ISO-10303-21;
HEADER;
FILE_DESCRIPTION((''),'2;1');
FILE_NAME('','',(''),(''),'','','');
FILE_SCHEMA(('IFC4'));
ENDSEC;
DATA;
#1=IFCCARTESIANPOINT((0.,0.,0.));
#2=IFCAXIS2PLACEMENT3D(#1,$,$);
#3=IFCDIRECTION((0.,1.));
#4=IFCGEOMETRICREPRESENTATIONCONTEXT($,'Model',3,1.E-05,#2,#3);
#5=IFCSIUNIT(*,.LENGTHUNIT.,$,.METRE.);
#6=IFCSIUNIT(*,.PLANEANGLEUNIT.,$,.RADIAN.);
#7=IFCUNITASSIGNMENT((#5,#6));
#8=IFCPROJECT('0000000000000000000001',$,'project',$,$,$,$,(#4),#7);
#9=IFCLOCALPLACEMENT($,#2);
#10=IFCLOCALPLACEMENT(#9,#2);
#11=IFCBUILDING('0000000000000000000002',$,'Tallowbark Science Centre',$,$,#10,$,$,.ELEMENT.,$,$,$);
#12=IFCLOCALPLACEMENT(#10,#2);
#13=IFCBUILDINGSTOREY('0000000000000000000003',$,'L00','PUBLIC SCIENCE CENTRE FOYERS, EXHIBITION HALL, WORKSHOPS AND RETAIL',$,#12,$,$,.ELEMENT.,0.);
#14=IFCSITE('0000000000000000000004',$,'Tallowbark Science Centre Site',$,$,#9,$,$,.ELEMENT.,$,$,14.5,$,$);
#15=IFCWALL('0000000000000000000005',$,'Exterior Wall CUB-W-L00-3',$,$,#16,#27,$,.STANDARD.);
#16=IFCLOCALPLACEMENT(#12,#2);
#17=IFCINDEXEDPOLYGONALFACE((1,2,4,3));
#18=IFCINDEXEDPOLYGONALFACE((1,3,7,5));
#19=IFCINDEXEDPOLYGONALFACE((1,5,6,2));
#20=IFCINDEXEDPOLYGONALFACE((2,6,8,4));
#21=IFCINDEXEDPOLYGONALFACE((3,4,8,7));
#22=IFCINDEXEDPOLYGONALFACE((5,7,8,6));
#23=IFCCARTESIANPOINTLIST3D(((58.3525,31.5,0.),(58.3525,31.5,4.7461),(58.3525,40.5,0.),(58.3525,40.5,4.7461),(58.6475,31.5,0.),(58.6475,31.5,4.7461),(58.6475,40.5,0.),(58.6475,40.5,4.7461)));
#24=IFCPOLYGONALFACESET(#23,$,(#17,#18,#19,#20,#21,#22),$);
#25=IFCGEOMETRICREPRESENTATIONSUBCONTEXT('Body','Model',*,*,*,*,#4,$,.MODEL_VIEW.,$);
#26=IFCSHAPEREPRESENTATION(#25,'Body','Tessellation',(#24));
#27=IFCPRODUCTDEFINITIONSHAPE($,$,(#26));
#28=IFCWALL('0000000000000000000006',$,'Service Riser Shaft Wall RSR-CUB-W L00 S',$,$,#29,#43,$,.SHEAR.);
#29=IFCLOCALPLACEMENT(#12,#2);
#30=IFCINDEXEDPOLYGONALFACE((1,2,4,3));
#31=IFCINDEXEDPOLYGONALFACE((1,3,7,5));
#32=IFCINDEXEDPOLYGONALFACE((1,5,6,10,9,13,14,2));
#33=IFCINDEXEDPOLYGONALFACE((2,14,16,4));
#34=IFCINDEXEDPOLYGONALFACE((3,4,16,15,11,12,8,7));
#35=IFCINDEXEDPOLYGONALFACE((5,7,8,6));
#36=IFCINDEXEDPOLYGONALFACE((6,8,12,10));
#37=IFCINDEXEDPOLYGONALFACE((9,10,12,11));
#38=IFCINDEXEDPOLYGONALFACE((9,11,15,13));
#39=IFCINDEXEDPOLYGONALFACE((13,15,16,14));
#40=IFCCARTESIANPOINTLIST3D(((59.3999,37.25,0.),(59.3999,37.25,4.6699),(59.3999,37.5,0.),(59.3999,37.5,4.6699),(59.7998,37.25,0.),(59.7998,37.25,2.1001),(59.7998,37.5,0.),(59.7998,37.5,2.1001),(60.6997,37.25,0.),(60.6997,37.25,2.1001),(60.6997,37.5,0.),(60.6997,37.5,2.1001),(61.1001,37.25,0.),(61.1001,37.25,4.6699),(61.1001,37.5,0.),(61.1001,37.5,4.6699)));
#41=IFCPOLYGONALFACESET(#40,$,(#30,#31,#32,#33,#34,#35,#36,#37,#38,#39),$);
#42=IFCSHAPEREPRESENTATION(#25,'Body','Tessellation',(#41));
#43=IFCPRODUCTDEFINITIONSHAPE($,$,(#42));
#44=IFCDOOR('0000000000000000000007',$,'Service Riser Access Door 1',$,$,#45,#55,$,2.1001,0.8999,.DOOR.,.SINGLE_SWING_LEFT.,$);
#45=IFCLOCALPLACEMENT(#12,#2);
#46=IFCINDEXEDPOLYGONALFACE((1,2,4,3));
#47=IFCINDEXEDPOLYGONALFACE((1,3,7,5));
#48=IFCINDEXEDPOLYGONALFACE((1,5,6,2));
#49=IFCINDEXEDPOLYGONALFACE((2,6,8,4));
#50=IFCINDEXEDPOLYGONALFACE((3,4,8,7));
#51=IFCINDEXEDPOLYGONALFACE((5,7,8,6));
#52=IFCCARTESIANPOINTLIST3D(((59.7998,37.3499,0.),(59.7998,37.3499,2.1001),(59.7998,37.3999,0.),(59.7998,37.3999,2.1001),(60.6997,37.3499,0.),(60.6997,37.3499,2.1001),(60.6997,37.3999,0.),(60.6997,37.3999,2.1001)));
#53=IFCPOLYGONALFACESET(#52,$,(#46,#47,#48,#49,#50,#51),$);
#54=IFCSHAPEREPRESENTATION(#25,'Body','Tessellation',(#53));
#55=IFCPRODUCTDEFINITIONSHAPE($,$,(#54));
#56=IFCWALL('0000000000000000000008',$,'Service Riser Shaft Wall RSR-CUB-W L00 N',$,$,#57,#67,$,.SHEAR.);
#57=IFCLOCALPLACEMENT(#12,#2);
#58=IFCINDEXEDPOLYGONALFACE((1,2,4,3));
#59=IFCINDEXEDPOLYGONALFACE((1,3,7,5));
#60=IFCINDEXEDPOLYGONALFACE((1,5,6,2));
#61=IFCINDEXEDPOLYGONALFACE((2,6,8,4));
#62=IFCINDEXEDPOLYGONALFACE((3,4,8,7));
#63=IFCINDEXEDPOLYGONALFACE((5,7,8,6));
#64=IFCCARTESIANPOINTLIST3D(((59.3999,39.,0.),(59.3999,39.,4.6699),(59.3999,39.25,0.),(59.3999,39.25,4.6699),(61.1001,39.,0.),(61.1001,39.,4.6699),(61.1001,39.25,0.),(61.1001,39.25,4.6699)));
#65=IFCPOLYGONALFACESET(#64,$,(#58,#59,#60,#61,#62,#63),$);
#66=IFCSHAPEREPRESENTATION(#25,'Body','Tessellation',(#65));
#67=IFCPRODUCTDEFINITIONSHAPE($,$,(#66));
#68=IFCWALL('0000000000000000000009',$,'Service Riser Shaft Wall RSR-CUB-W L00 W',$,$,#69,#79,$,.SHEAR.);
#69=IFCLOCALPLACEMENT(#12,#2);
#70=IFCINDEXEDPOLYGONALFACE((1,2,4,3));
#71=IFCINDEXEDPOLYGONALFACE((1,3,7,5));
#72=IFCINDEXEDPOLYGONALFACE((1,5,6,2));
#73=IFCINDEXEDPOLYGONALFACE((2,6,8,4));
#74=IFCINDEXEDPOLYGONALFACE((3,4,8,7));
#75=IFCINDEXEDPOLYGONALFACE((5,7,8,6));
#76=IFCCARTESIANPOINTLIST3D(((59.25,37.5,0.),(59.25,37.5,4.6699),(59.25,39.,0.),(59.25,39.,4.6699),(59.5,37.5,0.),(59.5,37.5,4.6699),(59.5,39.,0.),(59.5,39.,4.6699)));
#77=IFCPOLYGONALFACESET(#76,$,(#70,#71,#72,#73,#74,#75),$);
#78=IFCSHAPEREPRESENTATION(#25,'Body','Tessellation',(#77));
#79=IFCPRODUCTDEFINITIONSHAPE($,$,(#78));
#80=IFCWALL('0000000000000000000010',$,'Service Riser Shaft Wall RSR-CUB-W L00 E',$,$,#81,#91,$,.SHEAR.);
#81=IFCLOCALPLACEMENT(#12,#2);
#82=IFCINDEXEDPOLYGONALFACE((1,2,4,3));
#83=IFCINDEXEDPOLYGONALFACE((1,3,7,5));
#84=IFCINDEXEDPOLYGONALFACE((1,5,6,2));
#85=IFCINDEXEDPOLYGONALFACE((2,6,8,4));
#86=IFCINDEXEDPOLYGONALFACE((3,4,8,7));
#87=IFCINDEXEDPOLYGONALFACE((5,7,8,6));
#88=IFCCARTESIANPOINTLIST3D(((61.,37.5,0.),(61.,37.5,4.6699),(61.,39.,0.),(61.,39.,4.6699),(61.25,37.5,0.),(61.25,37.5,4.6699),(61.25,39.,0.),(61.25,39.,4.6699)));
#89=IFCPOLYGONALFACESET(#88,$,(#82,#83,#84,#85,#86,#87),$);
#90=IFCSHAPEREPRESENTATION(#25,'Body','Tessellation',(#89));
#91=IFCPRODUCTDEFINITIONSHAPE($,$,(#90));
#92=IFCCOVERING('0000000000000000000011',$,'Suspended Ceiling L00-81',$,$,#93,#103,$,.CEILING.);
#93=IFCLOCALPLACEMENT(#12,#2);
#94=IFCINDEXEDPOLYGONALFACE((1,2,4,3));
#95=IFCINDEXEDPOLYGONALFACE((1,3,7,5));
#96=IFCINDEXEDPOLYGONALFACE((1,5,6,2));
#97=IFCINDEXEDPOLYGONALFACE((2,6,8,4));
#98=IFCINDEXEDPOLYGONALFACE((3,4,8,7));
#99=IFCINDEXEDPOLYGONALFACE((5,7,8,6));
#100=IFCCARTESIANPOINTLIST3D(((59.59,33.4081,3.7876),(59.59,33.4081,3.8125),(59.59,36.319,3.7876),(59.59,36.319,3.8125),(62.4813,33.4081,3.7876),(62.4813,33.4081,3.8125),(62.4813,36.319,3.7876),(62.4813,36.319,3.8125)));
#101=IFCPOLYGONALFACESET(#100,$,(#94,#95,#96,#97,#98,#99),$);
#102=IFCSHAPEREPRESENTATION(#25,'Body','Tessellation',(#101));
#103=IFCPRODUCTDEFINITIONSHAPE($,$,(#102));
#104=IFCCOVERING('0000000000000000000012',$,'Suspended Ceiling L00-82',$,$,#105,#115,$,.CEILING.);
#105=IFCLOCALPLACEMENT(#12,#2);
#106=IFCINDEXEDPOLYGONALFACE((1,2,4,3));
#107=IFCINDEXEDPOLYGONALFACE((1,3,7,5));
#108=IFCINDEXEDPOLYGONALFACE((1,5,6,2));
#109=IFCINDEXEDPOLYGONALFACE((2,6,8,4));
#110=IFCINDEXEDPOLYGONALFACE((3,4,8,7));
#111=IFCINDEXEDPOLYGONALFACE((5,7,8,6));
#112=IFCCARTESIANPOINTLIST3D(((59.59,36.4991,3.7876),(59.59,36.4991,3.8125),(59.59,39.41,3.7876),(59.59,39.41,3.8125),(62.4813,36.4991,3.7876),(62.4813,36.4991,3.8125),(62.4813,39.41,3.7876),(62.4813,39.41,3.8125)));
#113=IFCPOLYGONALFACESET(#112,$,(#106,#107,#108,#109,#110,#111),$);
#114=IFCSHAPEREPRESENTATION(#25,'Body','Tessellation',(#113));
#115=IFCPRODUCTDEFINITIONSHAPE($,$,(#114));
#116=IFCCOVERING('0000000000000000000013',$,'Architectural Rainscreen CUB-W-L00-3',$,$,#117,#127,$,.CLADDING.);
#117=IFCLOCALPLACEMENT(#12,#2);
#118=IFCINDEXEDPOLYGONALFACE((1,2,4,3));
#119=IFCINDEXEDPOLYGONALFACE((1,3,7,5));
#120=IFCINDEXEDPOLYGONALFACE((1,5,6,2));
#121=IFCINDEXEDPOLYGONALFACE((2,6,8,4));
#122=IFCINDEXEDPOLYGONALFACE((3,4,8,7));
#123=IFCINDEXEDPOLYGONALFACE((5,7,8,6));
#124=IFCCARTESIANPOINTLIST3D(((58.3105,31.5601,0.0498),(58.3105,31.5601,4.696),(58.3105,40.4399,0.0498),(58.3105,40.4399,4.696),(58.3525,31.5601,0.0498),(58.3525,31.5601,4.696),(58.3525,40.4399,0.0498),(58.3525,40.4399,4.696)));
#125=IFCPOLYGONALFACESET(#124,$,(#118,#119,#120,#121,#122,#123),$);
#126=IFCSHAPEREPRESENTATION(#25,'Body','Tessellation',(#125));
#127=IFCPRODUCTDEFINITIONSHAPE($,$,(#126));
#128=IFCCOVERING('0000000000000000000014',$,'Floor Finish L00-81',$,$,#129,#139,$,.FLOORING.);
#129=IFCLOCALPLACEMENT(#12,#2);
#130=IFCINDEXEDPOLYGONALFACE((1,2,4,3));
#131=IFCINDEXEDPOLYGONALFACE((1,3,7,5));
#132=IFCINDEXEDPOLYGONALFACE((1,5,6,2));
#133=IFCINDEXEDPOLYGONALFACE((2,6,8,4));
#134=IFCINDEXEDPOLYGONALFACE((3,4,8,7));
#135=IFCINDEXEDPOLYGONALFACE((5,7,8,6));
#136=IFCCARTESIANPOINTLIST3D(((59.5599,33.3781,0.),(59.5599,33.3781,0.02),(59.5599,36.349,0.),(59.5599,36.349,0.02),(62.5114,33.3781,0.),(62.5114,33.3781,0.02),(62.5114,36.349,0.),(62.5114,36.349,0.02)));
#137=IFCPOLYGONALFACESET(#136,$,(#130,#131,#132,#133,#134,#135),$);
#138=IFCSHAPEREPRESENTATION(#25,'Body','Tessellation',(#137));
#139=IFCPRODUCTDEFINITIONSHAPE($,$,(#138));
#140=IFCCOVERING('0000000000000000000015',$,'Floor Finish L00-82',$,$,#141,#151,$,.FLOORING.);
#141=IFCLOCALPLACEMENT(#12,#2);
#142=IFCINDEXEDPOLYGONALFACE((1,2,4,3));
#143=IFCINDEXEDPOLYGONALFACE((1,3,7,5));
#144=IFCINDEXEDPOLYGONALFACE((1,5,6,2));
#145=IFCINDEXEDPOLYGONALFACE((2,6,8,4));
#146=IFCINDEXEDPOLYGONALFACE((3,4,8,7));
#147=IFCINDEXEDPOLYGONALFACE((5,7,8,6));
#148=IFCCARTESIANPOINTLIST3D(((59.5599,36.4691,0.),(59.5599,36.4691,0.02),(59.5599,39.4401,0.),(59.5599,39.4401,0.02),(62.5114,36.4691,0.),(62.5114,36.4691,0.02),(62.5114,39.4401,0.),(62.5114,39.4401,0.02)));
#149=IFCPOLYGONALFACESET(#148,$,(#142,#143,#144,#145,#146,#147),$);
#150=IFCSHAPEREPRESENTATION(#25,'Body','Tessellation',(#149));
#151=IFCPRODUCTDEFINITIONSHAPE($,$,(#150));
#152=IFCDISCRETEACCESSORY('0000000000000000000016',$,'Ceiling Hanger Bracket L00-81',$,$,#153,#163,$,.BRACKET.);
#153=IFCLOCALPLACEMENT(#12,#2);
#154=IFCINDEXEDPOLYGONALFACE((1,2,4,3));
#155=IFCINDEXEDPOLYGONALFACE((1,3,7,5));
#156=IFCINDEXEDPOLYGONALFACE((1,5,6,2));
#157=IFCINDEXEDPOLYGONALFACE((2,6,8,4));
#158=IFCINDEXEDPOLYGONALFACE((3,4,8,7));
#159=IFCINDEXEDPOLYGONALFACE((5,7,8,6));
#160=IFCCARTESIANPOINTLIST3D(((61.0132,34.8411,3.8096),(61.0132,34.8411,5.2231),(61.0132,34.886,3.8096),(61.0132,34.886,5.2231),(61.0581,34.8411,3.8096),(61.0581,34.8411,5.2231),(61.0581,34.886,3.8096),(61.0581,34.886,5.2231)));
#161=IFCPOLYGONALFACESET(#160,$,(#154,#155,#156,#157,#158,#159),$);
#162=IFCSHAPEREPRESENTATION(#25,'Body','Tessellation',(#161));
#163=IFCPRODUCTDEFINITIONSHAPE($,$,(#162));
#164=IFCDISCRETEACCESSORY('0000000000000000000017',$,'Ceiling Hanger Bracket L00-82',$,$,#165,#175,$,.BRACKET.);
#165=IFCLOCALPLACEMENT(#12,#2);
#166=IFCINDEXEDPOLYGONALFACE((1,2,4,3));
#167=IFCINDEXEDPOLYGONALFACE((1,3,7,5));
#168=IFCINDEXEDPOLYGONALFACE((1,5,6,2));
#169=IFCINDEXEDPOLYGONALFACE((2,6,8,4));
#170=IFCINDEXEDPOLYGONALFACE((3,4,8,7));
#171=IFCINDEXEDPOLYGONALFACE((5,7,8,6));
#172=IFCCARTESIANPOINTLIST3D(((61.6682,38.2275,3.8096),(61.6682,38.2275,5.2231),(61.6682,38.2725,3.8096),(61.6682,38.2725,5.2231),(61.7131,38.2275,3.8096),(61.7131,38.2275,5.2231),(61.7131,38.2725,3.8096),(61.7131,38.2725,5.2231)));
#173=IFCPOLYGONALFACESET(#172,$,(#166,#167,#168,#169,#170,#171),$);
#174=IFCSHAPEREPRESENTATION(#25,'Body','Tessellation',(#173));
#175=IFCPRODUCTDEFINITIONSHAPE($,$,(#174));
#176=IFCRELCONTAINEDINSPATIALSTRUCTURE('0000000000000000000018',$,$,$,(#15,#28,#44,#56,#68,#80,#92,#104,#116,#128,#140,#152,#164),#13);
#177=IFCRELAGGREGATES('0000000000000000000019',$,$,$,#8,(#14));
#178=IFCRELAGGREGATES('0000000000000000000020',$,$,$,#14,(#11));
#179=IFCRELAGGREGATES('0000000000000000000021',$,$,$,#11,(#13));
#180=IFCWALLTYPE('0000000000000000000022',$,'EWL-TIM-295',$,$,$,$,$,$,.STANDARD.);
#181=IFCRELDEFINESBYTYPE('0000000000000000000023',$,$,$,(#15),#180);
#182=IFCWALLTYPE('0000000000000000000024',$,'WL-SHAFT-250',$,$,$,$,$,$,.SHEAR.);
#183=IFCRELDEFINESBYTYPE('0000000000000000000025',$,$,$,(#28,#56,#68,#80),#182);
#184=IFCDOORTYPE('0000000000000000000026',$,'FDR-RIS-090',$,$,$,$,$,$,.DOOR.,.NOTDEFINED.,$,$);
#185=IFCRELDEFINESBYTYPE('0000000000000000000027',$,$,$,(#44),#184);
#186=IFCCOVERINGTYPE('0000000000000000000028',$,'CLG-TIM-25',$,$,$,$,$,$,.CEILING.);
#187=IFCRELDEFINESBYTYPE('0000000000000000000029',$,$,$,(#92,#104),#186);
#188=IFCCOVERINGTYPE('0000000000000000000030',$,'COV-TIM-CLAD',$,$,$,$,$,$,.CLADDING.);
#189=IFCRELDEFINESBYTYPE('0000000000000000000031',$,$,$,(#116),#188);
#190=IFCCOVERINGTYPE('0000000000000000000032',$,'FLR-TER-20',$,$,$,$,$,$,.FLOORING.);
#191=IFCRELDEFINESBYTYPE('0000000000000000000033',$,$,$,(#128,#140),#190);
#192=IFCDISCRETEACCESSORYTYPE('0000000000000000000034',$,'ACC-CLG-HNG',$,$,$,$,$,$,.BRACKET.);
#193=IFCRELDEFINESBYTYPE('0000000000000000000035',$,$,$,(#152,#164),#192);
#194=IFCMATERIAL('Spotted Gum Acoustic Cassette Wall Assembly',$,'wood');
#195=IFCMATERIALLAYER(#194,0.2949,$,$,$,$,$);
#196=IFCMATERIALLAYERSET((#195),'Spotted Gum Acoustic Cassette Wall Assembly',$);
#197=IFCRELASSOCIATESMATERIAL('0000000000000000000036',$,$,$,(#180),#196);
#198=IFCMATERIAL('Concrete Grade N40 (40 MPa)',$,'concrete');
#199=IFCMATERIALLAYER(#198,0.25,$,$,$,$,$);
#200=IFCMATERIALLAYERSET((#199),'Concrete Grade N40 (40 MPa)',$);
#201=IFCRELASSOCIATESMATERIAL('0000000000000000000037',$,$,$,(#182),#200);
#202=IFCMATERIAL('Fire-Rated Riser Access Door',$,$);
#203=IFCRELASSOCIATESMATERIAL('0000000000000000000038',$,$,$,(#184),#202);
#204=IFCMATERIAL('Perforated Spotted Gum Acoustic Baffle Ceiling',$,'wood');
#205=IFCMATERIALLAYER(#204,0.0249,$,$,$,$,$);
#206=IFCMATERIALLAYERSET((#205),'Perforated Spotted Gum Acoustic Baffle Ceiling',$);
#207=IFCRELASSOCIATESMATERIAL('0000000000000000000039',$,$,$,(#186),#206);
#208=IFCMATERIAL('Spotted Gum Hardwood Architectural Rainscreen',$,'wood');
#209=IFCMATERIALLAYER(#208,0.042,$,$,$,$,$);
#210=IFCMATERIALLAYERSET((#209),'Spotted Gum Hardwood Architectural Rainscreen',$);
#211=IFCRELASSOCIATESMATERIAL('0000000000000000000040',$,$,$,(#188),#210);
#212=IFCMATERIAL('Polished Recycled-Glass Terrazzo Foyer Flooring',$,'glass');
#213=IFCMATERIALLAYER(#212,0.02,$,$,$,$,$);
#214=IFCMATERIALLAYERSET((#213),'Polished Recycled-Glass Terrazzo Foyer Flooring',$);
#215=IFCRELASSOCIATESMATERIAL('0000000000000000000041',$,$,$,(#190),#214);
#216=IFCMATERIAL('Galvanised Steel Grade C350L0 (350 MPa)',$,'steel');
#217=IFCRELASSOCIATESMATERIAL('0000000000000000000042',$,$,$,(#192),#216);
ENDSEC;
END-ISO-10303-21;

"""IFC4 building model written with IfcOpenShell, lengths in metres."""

from ifc_helpers import new_model, si_unit, direction, frame, frame_2d, origin, origin_2d, place, context, subcontext, project, spatial, rectangle, extrude, material, layer, layer_set, type_object, element, fill, save


model = new_model("IFC4")

# Units and contexts
model_context = context("Model", 3, precision=1e-05, world=origin(), true_north=direction((0.0, 1.0)))
body_context = subcontext(model_context, "Body", "Model", "MODEL_VIEW")
ifc_project = project(units=[si_unit("LENGTHUNIT", "METRE"), si_unit("PLANEANGLEUNIT", "RADIAN")], contexts=[model_context])

# Site, building, storey
site_placement = place(None, origin())
site = spatial("IfcSite", under=ifc_project, at=site_placement, Name="Tallowbark Science Centre Site", CompositionType="ELEMENT", RefElevation=14.5)
building_placement = place(site_placement, origin())
building = spatial("IfcBuilding", under=site, at=building_placement, Name="Tallowbark Science Centre", CompositionType="ELEMENT")
storey_placement = place(building_placement, origin())
storey = spatial("IfcBuildingStorey", under=building, at=storey_placement, Name="L00", Description="PUBLIC SCIENCE CENTRE FOYERS, EXHIBITION HALL, WORKSHOPS AND RETAIL", CompositionType="ELEMENT", Elevation=0.0)

# Wall
ifc_material_1 = material(Name="Spotted Gum Acoustic Cassette Wall Assembly", Category="wood")
ifc_layer_1 = layer(ifc_material_1, 0.2949)
ifc_layer_set_1 = layer_set([ifc_layer_1], Name="Spotted Gum Acoustic Cassette Wall Assembly")
wall_type_1 = type_object("IfcWallType", Name="EWL-TIM-295", PredefinedType="STANDARD", material=ifc_layer_set_1)
wall_1_placement = place(storey_placement, frame((58.5, 40.5, 0.0), z_axis=(0.0, 0.0, 1.0), x_axis=(0.0, -1.0, 0.0)))
element("IfcWall", 1, at=wall_1_placement, inside=storey, type_object=wall_type_1, Name="Exterior Wall CUB-W-L00-3", PredefinedType="STANDARD", context=body_context, shape_type="SweptSolid", body=[
    extrude(rectangle(XDim=9.0, YDim=0.2949, at=frame_2d((4.5, 0.0))), origin(), (0.0, 0.0, 1.0), 4.7461),
])

# Wall, opening, door
ifc_material_2 = material(Name="Concrete Grade N40 (40 MPa)", Category="concrete")
ifc_layer_2 = layer(ifc_material_2, 0.25)
ifc_layer_set_2 = layer_set([ifc_layer_2], Name="Concrete Grade N40 (40 MPa)")
wall_type_2 = type_object("IfcWallType", Name="WL-SHAFT-250", PredefinedType="SHEAR", material=ifc_layer_set_2)
wall_2_placement = place(storey_placement, frame((59.3999, 37.375, 0.0), z_axis=(0.0, 0.0, 1.0), x_axis=(1.0, 0.0, 0.0)))
wall_2 = element("IfcWall", 2, at=wall_2_placement, inside=storey, type_object=wall_type_2, Name="Service Riser Shaft Wall RSR-CUB-W L00 S", PredefinedType="SHEAR", context=body_context, shape_type="SweptSolid", body=[
    extrude(rectangle(XDim=1.7002, YDim=0.25, at=frame_2d((0.8501, 0.0))), origin(), (0.0, 0.0, 1.0), 4.6699),
])
opening_placement = place(wall_2_placement, frame((0.3999, 0.0, 0.0)))
opening = element("IfcOpeningElement", 3, at=opening_placement, cuts=wall_2, PredefinedType="OPENING", context=body_context, shape_type="SweptSolid", body=[
    extrude(rectangle(XDim=0.8999, YDim=2.1001, at=frame_2d((0.45, 1.05))), frame((0.0, 0.135, 0.0), z_axis=(0.0, -1.0, 0.0), x_axis=(1.0, 0.0, 0.0)), (0.0, 0.0, 1.0), 0.27),
])
ifc_material_3 = material(Name="Fire-Rated Riser Access Door")
door_type = type_object("IfcDoorType", Name="FDR-RIS-090", OperationType="NOTDEFINED", PredefinedType="DOOR", material=ifc_material_3)
door_placement = place(opening_placement, origin())
door = element("IfcDoor", 4, at=door_placement, inside=storey, type_object=door_type, Name="Service Riser Access Door 1", OperationType="SINGLE_SWING_LEFT", OverallHeight=2.1001, OverallWidth=0.8999, PredefinedType="DOOR", context=body_context, shape_type="SweptSolid", body=[
    extrude(rectangle(XDim=0.8999, YDim=2.1001, at=frame_2d((0.45, 1.05))), frame((0.0, 0.0249, 0.0), z_axis=(0.0, -1.0, 0.0), x_axis=(1.0, 0.0, 0.0)), (0.0, 0.0, 1.0), 0.05),
])
fill(opening, door)

# Walls
wall_3_placement = place(storey_placement, frame((59.3999, 39.125, 0.0), z_axis=(0.0, 0.0, 1.0), x_axis=(1.0, 0.0, 0.0)))
element("IfcWall", 5, at=wall_3_placement, inside=storey, type_object=wall_type_2, Name="Service Riser Shaft Wall RSR-CUB-W L00 N", PredefinedType="SHEAR", context=body_context, shape_type="SweptSolid", body=[
    extrude(rectangle(XDim=1.7002, YDim=0.25, at=frame_2d((0.8501, 0.0))), origin(), (0.0, 0.0, 1.0), 4.6699),
])
for number, where, z_axis, x_axis, name in (
    (6, (59.375, 37.5, 0.0), (0.0, 0.0, 1.0), (0.0, 1.0, 0.0), "Service Riser Shaft Wall RSR-CUB-W L00 W"),
    (7, (61.125, 37.5, 0.0), (0.0, 0.0, 1.0), (0.0, 1.0, 0.0), "Service Riser Shaft Wall RSR-CUB-W L00 E"),
):
    element("IfcWall", number, at=place(storey_placement, frame(where, z_axis=z_axis, x_axis=x_axis)), inside=storey, type_object=wall_type_2, Name=name, PredefinedType="SHEAR", context=body_context, shape_type="SweptSolid", body=[
        extrude(rectangle(XDim=1.5, YDim=0.25, at=frame_2d((0.75, 0.0))), origin(), (0.0, 0.0, 1.0), 4.6699),
    ])

# Coverings
ifc_material_4 = material(Name="Perforated Spotted Gum Acoustic Baffle Ceiling", Category="wood")
ifc_layer_3 = layer(ifc_material_4, 0.0249)
ifc_layer_set_3 = layer_set([ifc_layer_3], Name="Perforated Spotted Gum Acoustic Baffle Ceiling")
covering_type_1 = type_object("IfcCoveringType", Name="CLG-TIM-25", PredefinedType="CEILING", material=ifc_layer_set_3)
for number, where, z_axis, x_axis, name in (
    (8, (61.0356, 34.8635, 3.7876), (0.0, 0.0, 1.0), (1.0, 0.0, 0.0), "Suspended Ceiling L00-81"),
    (9, (61.0356, 37.9546, 3.7876), (0.0, 0.0, 1.0), (1.0, 0.0, 0.0), "Suspended Ceiling L00-82"),
):
    element("IfcCovering", number, at=place(storey_placement, frame(where, z_axis=z_axis, x_axis=x_axis)), inside=storey, type_object=covering_type_1, Name=name, PredefinedType="CEILING", context=body_context, shape_type="SweptSolid", body=[
        extrude(rectangle(XDim=2.8914, YDim=2.9109, at=origin_2d()), origin(), (0.0, 0.0, 1.0), 0.0249),
    ])
ifc_material_5 = material(Name="Spotted Gum Hardwood Architectural Rainscreen", Category="wood")
ifc_layer_4 = layer(ifc_material_5, 0.042)
ifc_layer_set_4 = layer_set([ifc_layer_4], Name="Spotted Gum Hardwood Architectural Rainscreen")
covering_type_2 = type_object("IfcCoveringType", Name="COV-TIM-CLAD", PredefinedType="CLADDING", material=ifc_layer_set_4)
covering_placement = place(storey_placement, frame((58.3315, 36.0, 0.0498), z_axis=(0.0, 0.0, 1.0), x_axis=(0.0, -1.0, 0.0)))
element("IfcCovering", 10, at=covering_placement, inside=storey, type_object=covering_type_2, Name="Architectural Rainscreen CUB-W-L00-3", PredefinedType="CLADDING", context=body_context, shape_type="SweptSolid", body=[
    extrude(rectangle(XDim=8.8799, YDim=0.042, at=origin_2d()), origin(), (0.0, 0.0, 1.0), 4.6462),
])
ifc_material_6 = material(Name="Polished Recycled-Glass Terrazzo Foyer Flooring", Category="glass")
ifc_layer_5 = layer(ifc_material_6, 0.02)
ifc_layer_set_5 = layer_set([ifc_layer_5], Name="Polished Recycled-Glass Terrazzo Foyer Flooring")
covering_type_3 = type_object("IfcCoveringType", Name="FLR-TER-20", PredefinedType="FLOORING", material=ifc_layer_set_5)
for number, where, z_axis, x_axis, name in (
    (11, (61.0356, 34.8635, 0.0), (0.0, 0.0, 1.0), (1.0, 0.0, 0.0), "Floor Finish L00-81"),
    (12, (61.0356, 37.9546, 0.0), (0.0, 0.0, 1.0), (1.0, 0.0, 0.0), "Floor Finish L00-82"),
):
    element("IfcCovering", number, at=place(storey_placement, frame(where, z_axis=z_axis, x_axis=x_axis)), inside=storey, type_object=covering_type_3, Name=name, PredefinedType="FLOORING", context=body_context, shape_type="SweptSolid", body=[
        extrude(rectangle(XDim=2.9514, YDim=2.9709, at=origin_2d()), origin(), (0.0, 0.0, 1.0), 0.02),
    ])

# Discrete accessories
ifc_material_7 = material(Name="Galvanised Steel Grade C350L0 (350 MPa)", Category="steel")
discrete_accessory_type = type_object("IfcDiscreteAccessoryType", Name="ACC-CLG-HNG", PredefinedType="BRACKET", material=ifc_material_7)
for number, where, z_axis, x_axis, name in (
    (13, (61.0356, 34.8635, 3.8096), (0.0, 0.0, 1.0), (1.0, 0.0, 0.0), "Ceiling Hanger Bracket L00-81"),
    (14, (61.6907, 38.25, 3.8096), (0.0, 0.0, 1.0), (1.0, 0.0, 0.0), "Ceiling Hanger Bracket L00-82"),
):
    element("IfcDiscreteAccessory", number, at=place(storey_placement, frame(where, z_axis=z_axis, x_axis=x_axis)), inside=storey, type_object=discrete_accessory_type, Name=name, PredefinedType="BRACKET", context=body_context, shape_type="SweptSolid", body=[
        extrude(rectangle(XDim=0.0449, YDim=0.0449, at=origin_2d()), origin(), (0.0, 0.0, 1.0), 1.4136),
    ])

save(model, "model.ifc")
